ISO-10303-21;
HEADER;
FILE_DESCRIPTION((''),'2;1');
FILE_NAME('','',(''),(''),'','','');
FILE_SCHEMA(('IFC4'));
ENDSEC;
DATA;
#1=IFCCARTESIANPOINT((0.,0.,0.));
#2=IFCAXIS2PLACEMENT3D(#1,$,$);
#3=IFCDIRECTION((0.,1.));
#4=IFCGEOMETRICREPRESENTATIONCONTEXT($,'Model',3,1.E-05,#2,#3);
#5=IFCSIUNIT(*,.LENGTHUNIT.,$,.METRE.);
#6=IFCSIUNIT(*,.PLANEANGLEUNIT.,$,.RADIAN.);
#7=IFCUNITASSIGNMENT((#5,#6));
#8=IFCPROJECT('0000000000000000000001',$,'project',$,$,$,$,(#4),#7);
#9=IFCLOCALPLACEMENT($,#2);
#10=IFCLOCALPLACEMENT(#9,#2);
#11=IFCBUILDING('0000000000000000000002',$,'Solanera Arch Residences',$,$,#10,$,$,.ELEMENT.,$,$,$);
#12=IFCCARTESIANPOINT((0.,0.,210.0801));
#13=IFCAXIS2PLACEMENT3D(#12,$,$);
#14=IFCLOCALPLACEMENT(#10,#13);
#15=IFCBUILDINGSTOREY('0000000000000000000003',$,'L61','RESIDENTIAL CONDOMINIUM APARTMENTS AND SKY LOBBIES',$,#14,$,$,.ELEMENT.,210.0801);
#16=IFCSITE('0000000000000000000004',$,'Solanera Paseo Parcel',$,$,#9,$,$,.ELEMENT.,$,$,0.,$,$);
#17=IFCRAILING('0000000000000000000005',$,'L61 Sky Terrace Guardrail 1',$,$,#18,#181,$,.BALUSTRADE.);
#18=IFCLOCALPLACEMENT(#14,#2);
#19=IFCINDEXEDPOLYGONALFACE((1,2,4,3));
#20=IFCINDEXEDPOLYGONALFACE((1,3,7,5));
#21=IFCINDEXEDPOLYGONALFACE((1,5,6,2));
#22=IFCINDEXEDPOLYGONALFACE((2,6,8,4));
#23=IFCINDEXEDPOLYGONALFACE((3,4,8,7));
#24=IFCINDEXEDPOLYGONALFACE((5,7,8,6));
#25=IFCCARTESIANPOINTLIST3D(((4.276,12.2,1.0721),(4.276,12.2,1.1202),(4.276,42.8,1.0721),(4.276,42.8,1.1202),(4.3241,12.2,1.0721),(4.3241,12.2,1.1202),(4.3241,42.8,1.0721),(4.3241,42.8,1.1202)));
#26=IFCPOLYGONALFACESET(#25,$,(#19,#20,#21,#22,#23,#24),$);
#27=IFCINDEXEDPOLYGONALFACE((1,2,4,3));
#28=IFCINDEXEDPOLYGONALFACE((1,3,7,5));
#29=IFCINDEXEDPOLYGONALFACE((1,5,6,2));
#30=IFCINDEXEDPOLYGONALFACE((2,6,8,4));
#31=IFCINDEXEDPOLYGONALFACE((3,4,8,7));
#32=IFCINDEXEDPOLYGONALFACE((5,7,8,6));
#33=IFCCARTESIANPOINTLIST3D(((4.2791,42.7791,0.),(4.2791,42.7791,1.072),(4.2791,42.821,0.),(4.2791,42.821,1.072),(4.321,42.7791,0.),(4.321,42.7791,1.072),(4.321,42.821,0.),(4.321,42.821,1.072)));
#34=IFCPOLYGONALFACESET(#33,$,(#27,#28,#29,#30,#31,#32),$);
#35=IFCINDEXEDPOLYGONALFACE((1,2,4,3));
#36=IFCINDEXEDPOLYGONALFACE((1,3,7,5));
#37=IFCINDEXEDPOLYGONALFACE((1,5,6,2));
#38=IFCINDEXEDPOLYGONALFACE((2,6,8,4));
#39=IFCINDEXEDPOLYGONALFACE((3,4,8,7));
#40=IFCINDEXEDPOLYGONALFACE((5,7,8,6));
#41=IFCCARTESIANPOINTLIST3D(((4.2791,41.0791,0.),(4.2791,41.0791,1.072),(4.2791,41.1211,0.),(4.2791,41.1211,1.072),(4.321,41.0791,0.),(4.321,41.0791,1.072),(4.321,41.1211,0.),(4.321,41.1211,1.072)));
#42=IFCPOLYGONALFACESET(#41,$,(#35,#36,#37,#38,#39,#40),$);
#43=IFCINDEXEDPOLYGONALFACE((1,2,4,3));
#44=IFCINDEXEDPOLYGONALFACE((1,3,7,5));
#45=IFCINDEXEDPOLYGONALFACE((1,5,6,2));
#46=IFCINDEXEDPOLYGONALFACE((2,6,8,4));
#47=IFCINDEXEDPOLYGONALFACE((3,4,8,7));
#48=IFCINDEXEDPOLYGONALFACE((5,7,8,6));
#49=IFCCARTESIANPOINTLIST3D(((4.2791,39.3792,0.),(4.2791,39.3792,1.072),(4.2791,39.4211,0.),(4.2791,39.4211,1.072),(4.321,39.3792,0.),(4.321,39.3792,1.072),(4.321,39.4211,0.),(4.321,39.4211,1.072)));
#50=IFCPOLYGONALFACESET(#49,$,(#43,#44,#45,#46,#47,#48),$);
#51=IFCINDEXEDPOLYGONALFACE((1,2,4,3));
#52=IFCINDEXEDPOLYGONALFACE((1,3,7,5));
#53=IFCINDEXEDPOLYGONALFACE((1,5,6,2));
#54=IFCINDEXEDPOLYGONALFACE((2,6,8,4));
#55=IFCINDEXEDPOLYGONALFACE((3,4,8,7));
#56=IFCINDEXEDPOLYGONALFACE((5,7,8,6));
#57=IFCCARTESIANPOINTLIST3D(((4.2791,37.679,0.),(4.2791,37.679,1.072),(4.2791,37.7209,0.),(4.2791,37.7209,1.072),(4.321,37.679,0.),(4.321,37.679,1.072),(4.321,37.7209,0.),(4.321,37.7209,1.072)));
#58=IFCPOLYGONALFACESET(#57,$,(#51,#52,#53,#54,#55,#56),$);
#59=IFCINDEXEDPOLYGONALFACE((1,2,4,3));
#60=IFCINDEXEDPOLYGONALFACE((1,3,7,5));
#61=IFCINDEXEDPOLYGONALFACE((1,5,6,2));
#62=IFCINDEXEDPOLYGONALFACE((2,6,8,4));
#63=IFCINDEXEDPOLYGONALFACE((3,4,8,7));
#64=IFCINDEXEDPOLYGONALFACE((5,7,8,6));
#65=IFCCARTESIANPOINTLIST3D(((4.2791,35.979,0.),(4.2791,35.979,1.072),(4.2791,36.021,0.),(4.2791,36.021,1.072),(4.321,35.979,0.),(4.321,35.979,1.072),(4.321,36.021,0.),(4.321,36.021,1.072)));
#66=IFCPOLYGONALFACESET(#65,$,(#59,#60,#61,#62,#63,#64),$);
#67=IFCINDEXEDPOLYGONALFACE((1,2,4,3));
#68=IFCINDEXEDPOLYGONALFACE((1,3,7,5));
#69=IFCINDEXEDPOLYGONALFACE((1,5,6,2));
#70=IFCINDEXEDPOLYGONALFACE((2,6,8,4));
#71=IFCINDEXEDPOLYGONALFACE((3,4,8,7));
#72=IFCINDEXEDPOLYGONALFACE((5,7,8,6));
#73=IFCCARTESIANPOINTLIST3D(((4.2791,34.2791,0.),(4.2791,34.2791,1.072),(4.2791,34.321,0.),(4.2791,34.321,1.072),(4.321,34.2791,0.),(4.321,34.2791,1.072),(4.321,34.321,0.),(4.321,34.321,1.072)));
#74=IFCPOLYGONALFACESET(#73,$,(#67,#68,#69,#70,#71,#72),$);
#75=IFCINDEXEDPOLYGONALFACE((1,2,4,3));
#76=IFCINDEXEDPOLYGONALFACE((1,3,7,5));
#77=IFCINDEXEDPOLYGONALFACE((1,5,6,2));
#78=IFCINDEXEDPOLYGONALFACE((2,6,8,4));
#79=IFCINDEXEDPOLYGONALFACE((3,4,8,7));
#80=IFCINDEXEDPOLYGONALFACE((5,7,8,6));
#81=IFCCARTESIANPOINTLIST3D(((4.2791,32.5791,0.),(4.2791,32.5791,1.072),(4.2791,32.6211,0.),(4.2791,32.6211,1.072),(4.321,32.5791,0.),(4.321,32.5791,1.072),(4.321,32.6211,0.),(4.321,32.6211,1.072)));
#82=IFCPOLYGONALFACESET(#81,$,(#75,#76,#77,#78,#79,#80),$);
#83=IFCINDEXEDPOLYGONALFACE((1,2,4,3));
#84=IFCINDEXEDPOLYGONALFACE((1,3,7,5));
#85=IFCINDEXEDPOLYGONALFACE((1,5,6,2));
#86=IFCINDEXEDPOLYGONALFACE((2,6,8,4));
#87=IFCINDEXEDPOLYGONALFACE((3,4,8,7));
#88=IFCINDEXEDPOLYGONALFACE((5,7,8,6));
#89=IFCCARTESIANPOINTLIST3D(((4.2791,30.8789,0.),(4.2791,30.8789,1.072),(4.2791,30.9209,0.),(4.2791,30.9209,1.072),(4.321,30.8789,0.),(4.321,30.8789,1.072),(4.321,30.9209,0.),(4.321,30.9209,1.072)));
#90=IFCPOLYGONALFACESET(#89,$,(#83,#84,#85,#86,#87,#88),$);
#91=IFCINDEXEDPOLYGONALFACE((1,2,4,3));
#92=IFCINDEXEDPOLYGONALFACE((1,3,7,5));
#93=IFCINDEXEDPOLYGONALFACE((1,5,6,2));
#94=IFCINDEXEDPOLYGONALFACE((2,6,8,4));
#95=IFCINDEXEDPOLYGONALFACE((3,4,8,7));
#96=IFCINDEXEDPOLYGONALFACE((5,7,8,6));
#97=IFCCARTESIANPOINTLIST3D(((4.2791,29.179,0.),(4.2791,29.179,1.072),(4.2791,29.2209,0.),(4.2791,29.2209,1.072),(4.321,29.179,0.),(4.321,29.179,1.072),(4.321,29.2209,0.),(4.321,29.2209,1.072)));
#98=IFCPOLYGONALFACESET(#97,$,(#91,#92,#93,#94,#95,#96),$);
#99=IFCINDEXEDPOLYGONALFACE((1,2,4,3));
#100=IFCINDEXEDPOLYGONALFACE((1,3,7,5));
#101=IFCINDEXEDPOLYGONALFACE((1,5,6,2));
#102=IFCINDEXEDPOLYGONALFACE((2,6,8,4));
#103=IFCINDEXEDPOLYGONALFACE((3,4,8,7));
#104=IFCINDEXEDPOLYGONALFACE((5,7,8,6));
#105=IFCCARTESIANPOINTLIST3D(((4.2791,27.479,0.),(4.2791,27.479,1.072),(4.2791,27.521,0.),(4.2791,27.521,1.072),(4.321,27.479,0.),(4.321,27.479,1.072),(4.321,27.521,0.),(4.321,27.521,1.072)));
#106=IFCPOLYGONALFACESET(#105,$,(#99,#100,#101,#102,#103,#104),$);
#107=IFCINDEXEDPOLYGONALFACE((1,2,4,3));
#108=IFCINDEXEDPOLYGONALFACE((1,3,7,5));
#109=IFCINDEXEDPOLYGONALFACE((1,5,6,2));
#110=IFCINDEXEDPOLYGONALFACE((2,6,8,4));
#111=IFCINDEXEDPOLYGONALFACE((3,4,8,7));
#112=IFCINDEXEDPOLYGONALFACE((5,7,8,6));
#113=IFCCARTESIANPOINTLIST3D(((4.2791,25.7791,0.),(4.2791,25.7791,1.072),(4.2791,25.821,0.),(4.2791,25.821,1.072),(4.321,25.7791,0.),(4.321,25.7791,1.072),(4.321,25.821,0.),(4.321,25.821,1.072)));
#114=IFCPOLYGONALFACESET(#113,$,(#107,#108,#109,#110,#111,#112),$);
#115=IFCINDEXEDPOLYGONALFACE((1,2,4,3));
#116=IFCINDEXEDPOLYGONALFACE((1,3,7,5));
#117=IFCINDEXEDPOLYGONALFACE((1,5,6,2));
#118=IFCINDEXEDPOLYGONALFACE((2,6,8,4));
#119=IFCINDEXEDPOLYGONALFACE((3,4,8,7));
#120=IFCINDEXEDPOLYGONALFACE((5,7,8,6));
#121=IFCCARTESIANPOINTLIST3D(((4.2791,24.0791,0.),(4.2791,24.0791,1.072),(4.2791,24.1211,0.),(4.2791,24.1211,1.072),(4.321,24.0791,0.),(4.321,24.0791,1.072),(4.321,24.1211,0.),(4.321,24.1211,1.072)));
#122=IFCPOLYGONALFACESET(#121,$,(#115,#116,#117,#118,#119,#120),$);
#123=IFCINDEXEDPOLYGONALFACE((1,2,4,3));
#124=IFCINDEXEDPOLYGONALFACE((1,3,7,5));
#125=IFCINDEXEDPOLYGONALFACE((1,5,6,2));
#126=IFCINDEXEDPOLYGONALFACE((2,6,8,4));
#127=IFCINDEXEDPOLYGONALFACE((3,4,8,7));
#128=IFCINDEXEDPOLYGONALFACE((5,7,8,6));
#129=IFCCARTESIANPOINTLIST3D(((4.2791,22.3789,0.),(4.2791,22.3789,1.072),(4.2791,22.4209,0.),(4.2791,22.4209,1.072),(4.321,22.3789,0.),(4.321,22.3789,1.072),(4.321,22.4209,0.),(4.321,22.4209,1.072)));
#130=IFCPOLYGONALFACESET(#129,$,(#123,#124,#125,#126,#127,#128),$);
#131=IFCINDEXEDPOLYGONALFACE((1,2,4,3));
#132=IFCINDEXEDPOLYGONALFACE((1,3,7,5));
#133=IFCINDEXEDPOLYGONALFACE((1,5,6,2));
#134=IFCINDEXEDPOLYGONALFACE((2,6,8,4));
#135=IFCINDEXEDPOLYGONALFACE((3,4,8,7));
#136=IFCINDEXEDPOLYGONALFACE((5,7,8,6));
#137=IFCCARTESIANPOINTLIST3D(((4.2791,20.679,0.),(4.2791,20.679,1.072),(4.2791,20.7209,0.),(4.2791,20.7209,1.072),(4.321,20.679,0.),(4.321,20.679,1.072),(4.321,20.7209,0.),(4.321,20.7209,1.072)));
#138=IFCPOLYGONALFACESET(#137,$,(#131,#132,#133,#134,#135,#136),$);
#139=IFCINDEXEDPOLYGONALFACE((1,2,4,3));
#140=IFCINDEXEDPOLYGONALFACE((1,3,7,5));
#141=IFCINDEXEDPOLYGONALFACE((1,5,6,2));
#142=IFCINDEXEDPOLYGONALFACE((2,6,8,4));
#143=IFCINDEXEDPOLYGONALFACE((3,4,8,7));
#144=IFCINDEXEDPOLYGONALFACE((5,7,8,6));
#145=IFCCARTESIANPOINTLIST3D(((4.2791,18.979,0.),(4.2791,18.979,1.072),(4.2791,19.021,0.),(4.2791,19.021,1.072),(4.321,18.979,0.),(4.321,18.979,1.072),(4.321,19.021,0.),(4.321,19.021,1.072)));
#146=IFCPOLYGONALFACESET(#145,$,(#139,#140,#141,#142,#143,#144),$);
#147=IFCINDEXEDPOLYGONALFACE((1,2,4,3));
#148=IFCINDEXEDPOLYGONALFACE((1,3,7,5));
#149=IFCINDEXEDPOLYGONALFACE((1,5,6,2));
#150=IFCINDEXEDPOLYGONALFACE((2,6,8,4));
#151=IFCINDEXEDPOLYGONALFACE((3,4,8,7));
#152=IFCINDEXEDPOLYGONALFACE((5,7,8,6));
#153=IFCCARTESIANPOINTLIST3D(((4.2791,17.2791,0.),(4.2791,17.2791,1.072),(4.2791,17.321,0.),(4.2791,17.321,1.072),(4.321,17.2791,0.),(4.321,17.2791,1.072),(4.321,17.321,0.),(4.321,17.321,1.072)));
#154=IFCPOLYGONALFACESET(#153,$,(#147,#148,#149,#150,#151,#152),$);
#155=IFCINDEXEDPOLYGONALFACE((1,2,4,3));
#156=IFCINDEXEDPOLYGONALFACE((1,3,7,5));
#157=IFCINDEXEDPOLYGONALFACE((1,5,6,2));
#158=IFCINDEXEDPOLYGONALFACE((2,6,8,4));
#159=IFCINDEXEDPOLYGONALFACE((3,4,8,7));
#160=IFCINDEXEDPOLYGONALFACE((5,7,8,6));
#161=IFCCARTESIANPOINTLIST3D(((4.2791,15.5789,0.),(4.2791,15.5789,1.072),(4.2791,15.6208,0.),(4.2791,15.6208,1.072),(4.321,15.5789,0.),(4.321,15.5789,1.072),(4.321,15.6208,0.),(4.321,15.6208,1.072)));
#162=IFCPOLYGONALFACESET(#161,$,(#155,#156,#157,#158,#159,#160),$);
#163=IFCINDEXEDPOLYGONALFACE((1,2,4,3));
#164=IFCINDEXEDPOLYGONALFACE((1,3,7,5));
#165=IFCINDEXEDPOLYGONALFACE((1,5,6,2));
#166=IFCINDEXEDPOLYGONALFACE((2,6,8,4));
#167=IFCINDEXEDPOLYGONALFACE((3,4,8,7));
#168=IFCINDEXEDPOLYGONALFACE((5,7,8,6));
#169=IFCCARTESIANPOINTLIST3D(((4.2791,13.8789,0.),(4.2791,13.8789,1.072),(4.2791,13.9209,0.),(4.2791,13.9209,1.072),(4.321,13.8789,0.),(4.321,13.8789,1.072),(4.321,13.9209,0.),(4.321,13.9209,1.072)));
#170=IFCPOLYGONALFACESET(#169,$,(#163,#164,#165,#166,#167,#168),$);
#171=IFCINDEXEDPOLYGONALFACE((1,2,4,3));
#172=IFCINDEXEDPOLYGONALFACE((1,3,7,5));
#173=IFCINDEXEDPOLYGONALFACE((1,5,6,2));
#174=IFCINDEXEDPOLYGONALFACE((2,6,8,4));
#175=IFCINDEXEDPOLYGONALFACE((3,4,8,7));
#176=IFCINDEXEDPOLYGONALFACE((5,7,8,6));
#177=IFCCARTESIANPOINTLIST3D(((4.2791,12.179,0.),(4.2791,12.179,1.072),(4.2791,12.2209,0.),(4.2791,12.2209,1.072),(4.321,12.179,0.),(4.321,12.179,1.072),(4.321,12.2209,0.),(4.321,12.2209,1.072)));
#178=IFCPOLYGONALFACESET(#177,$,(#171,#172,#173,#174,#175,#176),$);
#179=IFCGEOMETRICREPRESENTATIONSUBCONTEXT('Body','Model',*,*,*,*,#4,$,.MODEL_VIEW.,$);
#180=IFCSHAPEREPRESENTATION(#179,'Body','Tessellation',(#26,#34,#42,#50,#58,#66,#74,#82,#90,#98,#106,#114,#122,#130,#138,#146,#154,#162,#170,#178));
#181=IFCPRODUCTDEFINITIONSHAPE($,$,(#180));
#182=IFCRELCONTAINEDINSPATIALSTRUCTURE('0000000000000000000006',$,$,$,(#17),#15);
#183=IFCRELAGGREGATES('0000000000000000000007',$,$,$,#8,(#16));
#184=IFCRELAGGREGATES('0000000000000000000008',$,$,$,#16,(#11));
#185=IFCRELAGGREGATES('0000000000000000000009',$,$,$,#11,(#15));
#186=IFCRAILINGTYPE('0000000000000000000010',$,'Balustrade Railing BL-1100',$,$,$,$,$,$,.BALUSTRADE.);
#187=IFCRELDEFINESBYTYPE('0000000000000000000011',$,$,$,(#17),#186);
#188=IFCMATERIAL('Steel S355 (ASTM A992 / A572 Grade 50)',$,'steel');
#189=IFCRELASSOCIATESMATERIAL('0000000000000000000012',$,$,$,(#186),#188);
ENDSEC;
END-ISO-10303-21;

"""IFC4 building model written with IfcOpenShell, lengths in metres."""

from ifc_helpers import new_model, si_unit, direction, frame, origin, origin_2d, place, context, subcontext, project, spatial, rectangle, extrude, material, type_object, element, save


model = new_model("IFC4")

# Units and contexts
model_context = context("Model", 3, precision=1e-05, world=origin(), true_north=direction((0.0, 1.0)))
body_context = subcontext(model_context, "Body", "Model", "MODEL_VIEW")
ifc_project = project(units=[si_unit("LENGTHUNIT", "METRE"), si_unit("PLANEANGLEUNIT", "RADIAN")], contexts=[model_context])

# Site, building, storey
site_placement = place(None, origin())
site = spatial("IfcSite", under=ifc_project, at=site_placement, Name="Solanera Paseo Parcel", CompositionType="ELEMENT", RefElevation=0.0)
building_placement = place(site_placement, origin())
building = spatial("IfcBuilding", under=site, at=building_placement, Name="Solanera Arch Residences", CompositionType="ELEMENT")
storey_placement = place(building_placement, frame((0.0, 0.0, 210.0801)))
storey = spatial("IfcBuildingStorey", under=building, at=storey_placement, Name="L61", Description="RESIDENTIAL CONDOMINIUM APARTMENTS AND SKY LOBBIES", CompositionType="ELEMENT", Elevation=210.0801)

# Railing
ifc_material_1 = material(Name="Steel S355 (ASTM A992 / A572 Grade 50)", Category="steel")
railing_type = type_object("IfcRailingType", Name="Balustrade Railing BL-1100", PredefinedType="BALUSTRADE", material=ifc_material_1)
railing_1_placement = place(storey_placement, frame((4.3, 42.8, 0.0)))
element("IfcRailing", 1, at=railing_1_placement, inside=storey, type_object=railing_type, Name="L61 Sky Terrace Guardrail 1", PredefinedType="BALUSTRADE", context=body_context, shape_type="SweptSolid", body=[
    extrude(rectangle(XDim=0.0481, YDim=0.0481, at=origin_2d()), frame((0.0, 0.0, 1.0962), z_axis=(0.0, -1.0, 0.0), x_axis=(1.0, 0.0, 0.0)), (0.0, 0.0, 1.0), 30.6001),
    extrude(rectangle(XDim=0.042, YDim=0.042, at=origin_2d()), origin(), (0.0, 0.0, 1.0), 1.072),
    extrude(rectangle(XDim=0.042, YDim=0.042, at=origin_2d()), frame((0.0, -1.7, 0.0)), (0.0, 0.0, 1.0), 1.072),
    extrude(rectangle(XDim=0.042, YDim=0.042, at=origin_2d()), frame((0.0, -3.3999, 0.0)), (0.0, 0.0, 1.0), 1.072),
    extrude(rectangle(XDim=0.042, YDim=0.042, at=origin_2d()), frame((0.0, -5.1001, 0.0)), (0.0, 0.0, 1.0), 1.072),
    extrude(rectangle(XDim=0.042, YDim=0.042, at=origin_2d()), frame((0.0, -6.8, 0.0)), (0.0, 0.0, 1.0), 1.072),
    extrude(rectangle(XDim=0.042, YDim=0.042, at=origin_2d()), frame((0.0, -8.5, 0.0)), (0.0, 0.0, 1.0), 1.072),
    extrude(rectangle(XDim=0.042, YDim=0.042, at=origin_2d()), frame((0.0, -10.2, 0.0)), (0.0, 0.0, 1.0), 1.072),
    extrude(rectangle(XDim=0.042, YDim=0.042, at=origin_2d()), frame((0.0, -11.9001, 0.0)), (0.0, 0.0, 1.0), 1.072),
    extrude(rectangle(XDim=0.042, YDim=0.042, at=origin_2d()), frame((0.0, -13.6001, 0.0)), (0.0, 0.0, 1.0), 1.072),
    extrude(rectangle(XDim=0.042, YDim=0.042, at=origin_2d()), frame((0.0, -15.3, 0.0)), (0.0, 0.0, 1.0), 1.072),
    extrude(rectangle(XDim=0.042, YDim=0.042, at=origin_2d()), frame((0.0, -17.0, 0.0)), (0.0, 0.0, 1.0), 1.072),
    extrude(rectangle(XDim=0.042, YDim=0.042, at=origin_2d()), frame((0.0, -18.7, 0.0)), (0.0, 0.0, 1.0), 1.072),
    extrude(rectangle(XDim=0.042, YDim=0.042, at=origin_2d()), frame((0.0, -20.4001, 0.0)), (0.0, 0.0, 1.0), 1.072),
    extrude(rectangle(XDim=0.042, YDim=0.042, at=origin_2d()), frame((0.0, -22.1001, 0.0)), (0.0, 0.0, 1.0), 1.072),
    extrude(rectangle(XDim=0.042, YDim=0.042, at=origin_2d()), frame((0.0, -23.8, 0.0)), (0.0, 0.0, 1.0), 1.072),
    extrude(rectangle(XDim=0.042, YDim=0.042, at=origin_2d()), frame((0.0, -25.5, 0.0)), (0.0, 0.0, 1.0), 1.072),
    extrude(rectangle(XDim=0.042, YDim=0.042, at=origin_2d()), frame((0.0, -27.2002, 0.0)), (0.0, 0.0, 1.0), 1.072),
    extrude(rectangle(XDim=0.042, YDim=0.042, at=origin_2d()), frame((0.0, -28.9001, 0.0)), (0.0, 0.0, 1.0), 1.072),
    extrude(rectangle(XDim=0.042, YDim=0.042, at=origin_2d()), frame((0.0, -30.6001, 0.0)), (0.0, 0.0, 1.0), 1.072),
])

save(model, "model.ifc")
